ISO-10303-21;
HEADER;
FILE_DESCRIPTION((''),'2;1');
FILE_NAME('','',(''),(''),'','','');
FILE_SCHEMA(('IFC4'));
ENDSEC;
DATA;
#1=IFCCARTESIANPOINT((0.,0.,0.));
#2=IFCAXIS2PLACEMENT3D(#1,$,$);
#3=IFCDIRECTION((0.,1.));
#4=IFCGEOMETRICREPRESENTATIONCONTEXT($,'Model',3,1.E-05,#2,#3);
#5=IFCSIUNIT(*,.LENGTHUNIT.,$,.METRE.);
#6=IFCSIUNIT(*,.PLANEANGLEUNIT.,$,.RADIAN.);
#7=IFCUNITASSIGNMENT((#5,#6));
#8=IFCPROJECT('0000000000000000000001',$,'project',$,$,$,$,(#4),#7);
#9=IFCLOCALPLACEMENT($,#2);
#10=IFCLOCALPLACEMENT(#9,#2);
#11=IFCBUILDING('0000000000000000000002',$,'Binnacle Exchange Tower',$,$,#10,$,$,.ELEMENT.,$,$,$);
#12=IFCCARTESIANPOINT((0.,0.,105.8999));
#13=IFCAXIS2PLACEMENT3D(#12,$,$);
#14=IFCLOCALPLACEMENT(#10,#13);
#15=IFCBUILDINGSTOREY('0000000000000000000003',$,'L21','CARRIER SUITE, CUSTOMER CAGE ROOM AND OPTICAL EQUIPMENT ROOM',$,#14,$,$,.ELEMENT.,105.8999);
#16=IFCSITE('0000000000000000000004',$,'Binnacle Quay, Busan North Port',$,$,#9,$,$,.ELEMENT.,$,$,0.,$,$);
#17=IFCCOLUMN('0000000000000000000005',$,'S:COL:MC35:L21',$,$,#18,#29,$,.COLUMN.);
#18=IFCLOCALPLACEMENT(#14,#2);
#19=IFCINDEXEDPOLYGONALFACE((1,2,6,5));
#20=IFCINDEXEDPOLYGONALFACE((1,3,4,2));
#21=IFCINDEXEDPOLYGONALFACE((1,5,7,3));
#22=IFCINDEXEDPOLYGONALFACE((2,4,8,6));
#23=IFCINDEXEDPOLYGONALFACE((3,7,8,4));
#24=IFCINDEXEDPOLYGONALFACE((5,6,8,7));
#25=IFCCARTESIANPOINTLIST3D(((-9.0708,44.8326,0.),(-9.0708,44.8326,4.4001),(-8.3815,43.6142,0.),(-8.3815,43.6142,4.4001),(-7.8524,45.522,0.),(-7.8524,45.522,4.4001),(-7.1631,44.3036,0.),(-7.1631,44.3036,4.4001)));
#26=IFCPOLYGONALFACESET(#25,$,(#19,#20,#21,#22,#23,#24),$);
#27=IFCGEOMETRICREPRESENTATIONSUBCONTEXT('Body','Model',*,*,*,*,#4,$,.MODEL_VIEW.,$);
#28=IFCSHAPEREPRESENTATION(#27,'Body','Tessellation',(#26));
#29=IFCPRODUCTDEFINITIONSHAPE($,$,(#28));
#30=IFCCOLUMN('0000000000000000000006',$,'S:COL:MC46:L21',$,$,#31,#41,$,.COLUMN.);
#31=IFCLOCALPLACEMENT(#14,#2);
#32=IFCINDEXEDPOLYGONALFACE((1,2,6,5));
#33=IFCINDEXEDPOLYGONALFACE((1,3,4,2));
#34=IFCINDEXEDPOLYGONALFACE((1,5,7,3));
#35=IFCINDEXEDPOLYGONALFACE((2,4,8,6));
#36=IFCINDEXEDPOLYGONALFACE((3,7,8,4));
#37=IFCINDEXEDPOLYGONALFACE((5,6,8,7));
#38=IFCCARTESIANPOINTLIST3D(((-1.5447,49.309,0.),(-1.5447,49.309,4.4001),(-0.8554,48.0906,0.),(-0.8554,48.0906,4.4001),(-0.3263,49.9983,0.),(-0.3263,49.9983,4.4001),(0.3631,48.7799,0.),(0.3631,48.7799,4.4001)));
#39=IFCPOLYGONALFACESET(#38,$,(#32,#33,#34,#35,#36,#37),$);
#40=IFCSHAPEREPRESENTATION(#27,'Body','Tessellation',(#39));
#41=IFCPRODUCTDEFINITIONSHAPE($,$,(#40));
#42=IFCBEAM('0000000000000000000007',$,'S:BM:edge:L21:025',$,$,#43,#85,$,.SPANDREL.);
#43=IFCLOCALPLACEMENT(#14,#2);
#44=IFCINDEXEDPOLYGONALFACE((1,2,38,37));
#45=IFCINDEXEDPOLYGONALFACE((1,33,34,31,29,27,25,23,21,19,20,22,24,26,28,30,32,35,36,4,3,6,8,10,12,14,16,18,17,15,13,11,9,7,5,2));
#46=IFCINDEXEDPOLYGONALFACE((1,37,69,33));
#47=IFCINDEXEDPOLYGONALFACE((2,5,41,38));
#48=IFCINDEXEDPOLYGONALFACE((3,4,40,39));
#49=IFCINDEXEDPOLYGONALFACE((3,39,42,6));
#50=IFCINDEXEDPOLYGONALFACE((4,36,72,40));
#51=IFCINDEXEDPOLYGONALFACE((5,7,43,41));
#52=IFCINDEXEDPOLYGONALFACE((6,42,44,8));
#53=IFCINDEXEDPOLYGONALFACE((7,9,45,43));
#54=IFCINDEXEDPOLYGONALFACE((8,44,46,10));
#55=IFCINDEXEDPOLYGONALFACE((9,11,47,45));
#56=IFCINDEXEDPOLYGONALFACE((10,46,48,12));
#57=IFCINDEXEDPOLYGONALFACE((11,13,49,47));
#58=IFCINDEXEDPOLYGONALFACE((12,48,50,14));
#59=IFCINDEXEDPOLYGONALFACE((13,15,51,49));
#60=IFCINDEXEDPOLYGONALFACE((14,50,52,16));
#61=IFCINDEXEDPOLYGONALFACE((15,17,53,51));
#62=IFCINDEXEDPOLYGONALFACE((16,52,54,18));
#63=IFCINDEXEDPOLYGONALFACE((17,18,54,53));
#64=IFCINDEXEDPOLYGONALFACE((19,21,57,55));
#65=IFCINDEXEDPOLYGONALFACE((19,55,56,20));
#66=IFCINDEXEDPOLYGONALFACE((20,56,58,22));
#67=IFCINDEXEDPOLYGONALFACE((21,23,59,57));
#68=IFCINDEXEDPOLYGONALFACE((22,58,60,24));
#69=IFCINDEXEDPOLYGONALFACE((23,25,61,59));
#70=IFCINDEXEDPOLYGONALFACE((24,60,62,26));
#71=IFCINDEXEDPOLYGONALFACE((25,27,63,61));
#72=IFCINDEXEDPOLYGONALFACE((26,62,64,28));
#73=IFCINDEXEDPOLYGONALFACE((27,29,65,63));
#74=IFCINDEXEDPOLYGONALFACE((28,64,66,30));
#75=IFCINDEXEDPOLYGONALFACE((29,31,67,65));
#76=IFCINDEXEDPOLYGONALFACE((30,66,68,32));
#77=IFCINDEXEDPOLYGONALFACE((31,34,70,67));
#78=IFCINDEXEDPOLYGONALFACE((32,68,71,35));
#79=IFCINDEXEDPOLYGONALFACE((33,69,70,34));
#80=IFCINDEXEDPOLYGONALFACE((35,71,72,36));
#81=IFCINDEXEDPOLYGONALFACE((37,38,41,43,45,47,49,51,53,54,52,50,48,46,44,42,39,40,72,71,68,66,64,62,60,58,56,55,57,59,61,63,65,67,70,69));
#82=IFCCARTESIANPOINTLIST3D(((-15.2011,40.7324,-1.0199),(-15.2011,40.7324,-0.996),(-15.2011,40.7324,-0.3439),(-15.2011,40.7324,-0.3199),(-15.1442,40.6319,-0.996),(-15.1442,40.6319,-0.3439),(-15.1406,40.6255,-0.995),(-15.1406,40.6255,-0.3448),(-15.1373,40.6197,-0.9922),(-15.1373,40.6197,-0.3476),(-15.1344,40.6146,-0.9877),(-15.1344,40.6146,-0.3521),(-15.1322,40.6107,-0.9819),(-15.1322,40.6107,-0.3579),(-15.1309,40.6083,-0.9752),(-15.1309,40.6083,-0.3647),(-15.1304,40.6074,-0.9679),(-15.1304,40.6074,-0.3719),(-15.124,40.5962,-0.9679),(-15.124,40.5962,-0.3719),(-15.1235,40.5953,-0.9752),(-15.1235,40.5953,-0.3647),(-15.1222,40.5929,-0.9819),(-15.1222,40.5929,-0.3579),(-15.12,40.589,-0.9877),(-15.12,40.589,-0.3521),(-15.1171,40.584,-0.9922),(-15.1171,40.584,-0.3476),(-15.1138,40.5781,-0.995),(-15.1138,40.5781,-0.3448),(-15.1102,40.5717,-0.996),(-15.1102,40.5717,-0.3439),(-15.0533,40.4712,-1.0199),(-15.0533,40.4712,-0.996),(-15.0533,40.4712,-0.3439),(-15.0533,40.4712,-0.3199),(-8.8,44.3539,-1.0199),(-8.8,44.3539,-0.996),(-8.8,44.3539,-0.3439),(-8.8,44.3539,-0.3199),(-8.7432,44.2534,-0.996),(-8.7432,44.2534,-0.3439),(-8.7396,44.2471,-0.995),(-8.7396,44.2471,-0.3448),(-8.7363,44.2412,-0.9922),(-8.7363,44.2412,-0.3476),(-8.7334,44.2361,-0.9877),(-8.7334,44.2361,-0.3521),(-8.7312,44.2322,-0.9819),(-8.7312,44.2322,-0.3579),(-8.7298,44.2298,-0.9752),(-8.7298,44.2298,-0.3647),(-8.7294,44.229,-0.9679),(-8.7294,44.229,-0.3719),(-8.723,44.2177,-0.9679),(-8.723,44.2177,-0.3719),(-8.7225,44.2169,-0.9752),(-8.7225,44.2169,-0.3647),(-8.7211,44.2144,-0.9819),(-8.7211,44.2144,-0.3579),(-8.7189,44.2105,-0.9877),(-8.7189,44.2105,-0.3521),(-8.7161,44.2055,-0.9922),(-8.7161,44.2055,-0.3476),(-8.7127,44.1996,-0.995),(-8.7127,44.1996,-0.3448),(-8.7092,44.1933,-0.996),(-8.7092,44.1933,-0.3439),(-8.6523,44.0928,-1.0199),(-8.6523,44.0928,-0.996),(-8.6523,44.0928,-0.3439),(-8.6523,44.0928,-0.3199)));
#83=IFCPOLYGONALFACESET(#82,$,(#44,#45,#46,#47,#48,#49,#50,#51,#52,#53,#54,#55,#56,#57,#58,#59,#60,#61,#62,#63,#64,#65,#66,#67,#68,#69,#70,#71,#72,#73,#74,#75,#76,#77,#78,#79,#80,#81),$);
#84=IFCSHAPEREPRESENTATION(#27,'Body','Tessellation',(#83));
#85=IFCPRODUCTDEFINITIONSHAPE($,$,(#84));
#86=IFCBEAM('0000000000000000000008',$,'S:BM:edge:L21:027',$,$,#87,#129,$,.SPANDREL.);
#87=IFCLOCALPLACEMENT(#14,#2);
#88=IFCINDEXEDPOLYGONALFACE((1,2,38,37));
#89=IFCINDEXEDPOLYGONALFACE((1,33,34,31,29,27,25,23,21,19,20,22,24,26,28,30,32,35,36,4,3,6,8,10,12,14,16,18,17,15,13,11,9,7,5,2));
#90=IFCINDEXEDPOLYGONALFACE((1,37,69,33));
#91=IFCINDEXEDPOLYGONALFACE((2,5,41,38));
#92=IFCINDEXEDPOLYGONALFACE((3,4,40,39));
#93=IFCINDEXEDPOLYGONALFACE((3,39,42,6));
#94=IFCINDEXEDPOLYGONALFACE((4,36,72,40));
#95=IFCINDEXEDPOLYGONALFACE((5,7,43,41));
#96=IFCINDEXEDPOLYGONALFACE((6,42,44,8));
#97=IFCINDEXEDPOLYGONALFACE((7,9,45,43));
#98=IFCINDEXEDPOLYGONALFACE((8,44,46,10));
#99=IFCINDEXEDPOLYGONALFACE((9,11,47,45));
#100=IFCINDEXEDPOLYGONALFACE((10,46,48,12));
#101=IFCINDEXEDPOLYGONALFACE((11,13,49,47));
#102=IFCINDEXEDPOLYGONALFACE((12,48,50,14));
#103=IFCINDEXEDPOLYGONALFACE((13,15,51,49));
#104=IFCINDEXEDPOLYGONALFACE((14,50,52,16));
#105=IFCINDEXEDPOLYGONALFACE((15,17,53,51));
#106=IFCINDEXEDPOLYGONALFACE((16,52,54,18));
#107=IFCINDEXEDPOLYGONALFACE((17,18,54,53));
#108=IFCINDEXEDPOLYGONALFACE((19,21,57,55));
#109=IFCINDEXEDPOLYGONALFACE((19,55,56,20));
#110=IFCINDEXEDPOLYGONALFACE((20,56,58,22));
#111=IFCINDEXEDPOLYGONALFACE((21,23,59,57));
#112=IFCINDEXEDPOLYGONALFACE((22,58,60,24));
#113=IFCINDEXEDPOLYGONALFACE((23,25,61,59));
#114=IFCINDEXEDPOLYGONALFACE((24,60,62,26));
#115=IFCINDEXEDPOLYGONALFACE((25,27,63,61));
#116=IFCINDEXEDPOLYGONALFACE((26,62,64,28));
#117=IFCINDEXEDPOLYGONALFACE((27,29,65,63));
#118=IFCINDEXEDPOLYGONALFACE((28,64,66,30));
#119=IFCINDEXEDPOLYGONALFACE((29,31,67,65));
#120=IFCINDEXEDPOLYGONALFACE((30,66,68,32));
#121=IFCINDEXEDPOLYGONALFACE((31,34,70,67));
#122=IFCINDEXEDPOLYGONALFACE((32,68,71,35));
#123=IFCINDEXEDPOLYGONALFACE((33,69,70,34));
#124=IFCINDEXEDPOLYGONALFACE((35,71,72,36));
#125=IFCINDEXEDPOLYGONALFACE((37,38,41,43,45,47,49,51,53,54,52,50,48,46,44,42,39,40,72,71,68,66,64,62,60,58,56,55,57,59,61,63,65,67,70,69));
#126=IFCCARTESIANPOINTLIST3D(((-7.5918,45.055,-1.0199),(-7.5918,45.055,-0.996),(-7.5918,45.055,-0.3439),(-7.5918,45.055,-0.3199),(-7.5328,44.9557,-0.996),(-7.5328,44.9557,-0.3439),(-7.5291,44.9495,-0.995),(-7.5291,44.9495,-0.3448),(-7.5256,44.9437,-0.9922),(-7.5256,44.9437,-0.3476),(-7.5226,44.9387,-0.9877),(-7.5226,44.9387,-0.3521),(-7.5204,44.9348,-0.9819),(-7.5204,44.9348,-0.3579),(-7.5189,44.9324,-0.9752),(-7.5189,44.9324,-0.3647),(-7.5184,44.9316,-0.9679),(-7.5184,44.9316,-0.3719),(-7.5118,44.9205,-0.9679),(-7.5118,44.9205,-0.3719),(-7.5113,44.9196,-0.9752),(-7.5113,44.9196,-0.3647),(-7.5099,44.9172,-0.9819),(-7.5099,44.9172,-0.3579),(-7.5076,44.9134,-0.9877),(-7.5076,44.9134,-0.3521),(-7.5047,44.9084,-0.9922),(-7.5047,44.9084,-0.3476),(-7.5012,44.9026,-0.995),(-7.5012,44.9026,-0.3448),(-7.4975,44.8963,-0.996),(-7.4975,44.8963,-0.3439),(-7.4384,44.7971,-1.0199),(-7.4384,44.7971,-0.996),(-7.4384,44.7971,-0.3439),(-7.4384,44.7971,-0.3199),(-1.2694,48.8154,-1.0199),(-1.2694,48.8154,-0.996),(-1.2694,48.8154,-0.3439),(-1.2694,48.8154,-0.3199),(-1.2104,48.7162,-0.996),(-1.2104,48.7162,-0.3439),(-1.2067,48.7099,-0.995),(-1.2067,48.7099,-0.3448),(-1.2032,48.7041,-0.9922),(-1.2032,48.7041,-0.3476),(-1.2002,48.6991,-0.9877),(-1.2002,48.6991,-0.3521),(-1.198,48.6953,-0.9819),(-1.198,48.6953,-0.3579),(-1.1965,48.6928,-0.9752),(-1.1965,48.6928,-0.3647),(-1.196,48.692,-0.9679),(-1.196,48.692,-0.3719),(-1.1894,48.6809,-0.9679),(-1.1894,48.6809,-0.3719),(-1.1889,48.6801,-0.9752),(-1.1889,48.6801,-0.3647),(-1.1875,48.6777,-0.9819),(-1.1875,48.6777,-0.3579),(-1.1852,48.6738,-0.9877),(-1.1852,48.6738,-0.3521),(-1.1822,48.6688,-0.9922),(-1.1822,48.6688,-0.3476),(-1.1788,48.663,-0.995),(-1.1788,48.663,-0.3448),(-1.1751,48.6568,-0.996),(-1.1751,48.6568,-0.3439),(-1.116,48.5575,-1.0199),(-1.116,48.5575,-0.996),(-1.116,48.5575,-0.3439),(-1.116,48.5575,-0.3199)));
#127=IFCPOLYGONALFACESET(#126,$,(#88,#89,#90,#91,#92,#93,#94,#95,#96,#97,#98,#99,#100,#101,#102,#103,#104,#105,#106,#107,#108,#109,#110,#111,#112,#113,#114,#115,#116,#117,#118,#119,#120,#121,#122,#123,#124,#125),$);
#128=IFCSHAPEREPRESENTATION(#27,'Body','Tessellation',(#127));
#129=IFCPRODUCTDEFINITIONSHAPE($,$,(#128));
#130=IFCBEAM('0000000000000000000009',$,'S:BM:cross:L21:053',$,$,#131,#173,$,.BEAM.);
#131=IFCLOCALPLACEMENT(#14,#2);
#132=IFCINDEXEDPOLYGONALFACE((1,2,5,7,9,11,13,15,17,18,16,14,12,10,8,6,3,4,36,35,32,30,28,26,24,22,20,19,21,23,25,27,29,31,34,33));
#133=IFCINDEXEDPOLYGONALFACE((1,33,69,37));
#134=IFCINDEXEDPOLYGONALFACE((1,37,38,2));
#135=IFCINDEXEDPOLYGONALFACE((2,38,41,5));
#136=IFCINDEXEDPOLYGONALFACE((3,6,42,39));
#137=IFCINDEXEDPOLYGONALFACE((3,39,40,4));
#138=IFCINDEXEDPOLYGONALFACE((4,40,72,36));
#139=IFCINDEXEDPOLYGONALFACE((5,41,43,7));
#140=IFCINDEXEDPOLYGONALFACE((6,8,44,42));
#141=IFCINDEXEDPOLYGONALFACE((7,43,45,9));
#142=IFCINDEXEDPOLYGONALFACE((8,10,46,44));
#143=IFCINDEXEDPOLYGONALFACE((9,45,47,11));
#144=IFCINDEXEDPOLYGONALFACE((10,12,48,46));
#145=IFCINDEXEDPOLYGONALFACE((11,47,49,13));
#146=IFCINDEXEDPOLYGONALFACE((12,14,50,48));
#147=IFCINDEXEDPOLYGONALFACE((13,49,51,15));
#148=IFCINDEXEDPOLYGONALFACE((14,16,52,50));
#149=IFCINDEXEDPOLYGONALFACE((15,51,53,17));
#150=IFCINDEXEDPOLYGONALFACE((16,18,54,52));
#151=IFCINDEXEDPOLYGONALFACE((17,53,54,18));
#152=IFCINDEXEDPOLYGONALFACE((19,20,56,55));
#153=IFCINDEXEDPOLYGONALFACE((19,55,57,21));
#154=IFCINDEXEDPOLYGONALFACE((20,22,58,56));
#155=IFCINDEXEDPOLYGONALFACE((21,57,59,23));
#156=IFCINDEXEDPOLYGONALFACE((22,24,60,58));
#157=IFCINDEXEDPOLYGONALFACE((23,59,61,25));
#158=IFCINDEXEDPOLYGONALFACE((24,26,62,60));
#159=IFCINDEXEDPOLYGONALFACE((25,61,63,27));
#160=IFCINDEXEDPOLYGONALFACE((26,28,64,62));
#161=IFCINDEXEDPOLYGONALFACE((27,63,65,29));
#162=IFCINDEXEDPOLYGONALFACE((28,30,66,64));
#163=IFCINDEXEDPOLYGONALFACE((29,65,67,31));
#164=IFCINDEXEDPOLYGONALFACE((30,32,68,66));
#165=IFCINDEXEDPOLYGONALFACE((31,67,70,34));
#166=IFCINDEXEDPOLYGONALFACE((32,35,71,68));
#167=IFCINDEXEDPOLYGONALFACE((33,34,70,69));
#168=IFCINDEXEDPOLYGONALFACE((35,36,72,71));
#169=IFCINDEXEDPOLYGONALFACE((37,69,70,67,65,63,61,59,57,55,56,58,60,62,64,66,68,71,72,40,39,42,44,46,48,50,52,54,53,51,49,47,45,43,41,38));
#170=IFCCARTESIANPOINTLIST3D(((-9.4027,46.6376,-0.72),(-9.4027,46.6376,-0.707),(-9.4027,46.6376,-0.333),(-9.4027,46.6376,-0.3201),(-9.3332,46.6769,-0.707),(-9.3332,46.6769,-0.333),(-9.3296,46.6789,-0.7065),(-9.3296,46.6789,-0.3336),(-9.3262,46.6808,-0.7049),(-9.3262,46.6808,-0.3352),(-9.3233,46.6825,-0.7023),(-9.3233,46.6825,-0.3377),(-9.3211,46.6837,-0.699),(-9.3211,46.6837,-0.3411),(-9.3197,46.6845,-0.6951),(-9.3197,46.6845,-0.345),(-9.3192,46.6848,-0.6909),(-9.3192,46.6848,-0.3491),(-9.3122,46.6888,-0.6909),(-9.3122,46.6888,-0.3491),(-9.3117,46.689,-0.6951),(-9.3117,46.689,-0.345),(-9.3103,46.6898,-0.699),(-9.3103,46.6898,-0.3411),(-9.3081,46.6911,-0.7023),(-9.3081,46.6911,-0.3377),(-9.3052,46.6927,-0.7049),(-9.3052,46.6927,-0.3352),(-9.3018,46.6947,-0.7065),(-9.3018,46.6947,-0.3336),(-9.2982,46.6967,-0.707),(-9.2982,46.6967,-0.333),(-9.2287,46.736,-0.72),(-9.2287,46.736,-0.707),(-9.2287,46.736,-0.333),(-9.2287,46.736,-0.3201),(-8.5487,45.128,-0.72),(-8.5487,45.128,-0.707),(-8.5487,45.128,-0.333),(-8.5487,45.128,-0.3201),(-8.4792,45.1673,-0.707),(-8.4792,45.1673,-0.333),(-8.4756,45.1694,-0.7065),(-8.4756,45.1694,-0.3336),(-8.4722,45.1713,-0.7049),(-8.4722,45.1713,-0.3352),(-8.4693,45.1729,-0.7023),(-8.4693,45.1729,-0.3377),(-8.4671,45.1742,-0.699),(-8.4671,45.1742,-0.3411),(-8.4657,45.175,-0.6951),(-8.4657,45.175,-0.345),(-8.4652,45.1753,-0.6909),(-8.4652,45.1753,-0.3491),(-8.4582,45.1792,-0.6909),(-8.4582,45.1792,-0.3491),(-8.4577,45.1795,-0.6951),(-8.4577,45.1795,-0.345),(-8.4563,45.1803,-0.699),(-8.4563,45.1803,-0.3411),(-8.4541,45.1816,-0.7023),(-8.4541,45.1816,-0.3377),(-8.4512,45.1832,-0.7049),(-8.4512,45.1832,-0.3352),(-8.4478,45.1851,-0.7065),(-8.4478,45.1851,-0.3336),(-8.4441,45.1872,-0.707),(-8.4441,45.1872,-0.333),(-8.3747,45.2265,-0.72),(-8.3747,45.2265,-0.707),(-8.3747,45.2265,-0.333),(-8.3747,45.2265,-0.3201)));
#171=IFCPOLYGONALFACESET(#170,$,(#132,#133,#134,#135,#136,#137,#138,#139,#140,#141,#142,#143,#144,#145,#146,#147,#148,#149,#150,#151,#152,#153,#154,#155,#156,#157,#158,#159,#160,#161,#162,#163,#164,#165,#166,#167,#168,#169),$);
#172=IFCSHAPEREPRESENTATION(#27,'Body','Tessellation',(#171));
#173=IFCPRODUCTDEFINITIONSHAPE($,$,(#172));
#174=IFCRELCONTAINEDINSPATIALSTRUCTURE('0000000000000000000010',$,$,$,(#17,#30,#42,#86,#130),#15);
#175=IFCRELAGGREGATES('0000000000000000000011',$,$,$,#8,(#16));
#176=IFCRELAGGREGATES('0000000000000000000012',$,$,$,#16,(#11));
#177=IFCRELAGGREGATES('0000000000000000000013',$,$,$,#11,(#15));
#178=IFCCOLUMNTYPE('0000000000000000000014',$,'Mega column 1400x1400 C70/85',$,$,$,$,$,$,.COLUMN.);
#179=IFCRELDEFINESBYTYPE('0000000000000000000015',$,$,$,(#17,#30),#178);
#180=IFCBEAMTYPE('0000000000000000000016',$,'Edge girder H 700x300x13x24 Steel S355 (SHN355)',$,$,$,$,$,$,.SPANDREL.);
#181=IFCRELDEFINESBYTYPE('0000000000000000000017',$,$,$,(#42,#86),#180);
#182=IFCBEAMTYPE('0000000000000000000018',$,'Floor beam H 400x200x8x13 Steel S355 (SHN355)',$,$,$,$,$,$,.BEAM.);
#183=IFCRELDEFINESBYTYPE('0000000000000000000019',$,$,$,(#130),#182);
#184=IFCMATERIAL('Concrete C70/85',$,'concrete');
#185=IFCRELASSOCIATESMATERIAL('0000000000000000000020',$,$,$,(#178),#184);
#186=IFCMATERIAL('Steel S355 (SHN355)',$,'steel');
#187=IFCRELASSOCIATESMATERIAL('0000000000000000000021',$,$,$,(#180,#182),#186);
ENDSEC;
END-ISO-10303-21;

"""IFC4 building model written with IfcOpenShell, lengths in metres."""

from ifc_helpers import new_model, si_unit, direction, frame, origin, origin_2d, place, context, subcontext, project, spatial, rectangle, i_section, extrude, material, material_profile, profile_set, type_object, element, save


model = new_model("IFC4")

# Units and contexts
model_context = context("Model", 3, precision=1e-05, world=origin(), true_north=direction((0.0, 1.0)))
body_context = subcontext(model_context, "Body", "Model", "MODEL_VIEW")
ifc_project = project(units=[si_unit("LENGTHUNIT", "METRE"), si_unit("PLANEANGLEUNIT", "RADIAN")], contexts=[model_context])

# Site, building, storey
site_placement = place(None, origin())
site = spatial("IfcSite", under=ifc_project, at=site_placement, Name="Binnacle Quay, Busan North Port", CompositionType="ELEMENT", RefElevation=0.0)
building_placement = place(site_placement, origin())
building = spatial("IfcBuilding", under=site, at=building_placement, Name="Binnacle Exchange Tower", CompositionType="ELEMENT")
storey_placement = place(building_placement, frame((0.0, 0.0, 105.8999)))
storey = spatial("IfcBuildingStorey", under=building, at=storey_placement, Name="L21", Description="CARRIER SUITE, CUSTOMER CAGE ROOM AND OPTICAL EQUIPMENT ROOM", CompositionType="ELEMENT", Elevation=105.8999)

# Columns
ifc_material_1 = material(Name="Concrete C70/85", Category="concrete")
ifc_material_profile_1 = material_profile(ifc_material_1, rectangle(XDim=1.3999, YDim=1.3999, at=origin_2d()), Name="Mega column 1400x1400 C70/85")
ifc_profile_set_1 = profile_set([ifc_material_profile_1], Name="Concrete C70/85")
column_type = type_object("IfcColumnType", Name="Mega column 1400x1400 C70/85", PredefinedType="COLUMN", material=ifc_profile_set_1)
for number, where, z_axis, x_axis, name in (
    (1, (-8.1169, 44.5681, 0.0), (0.0, 0.0, 1.0), (0.870356, 0.492424, 0.0), "S:COL:MC35:L21"),
    (2, (-0.5908, 49.0444, 0.0), (0.0, 0.0, 1.0), (0.870356, 0.492424, 0.0), "S:COL:MC46:L21"),
):
    element("IfcColumn", number, at=place(storey_placement, frame(where, z_axis=z_axis, x_axis=x_axis)), inside=storey, type_object=column_type, Name=name, PredefinedType="COLUMN", context=body_context, shape_type="SweptSolid", body=[
        extrude(rectangle(XDim=1.3999, YDim=1.3999, at=origin_2d()), origin(), (0.0, 0.0, 1.0), 4.4001),
    ])

# Beams
ifc_material_2 = material(Name="Steel S355 (SHN355)", Category="steel")
ifc_material_profile_2 = material_profile(ifc_material_2, i_section(OverallWidth=0.3, OverallDepth=0.7, WebThickness=0.0129, FlangeThickness=0.0239, FilletRadius=0.0281, at=origin_2d()), Name="H 700x300x13x24")
ifc_profile_set_2 = profile_set([ifc_material_profile_2], Name="Steel S355 (SHN355)")
beam_type_1 = type_object("IfcBeamType", Name="Edge girder H 700x300x13x24 Steel S355 (SHN355)", PredefinedType="SPANDREL", material=ifc_profile_set_2)
beam_1_placement = place(storey_placement, frame((-15.1272, 40.6018, -0.6699), z_axis=(0.870356, 0.492424, 0.0), x_axis=(-0.492424, 0.870356, 0.0)))
element("IfcBeam", 3, at=beam_1_placement, inside=storey, type_object=beam_type_1, Name="S:BM:edge:L21:025", PredefinedType="SPANDREL", context=body_context, shape_type="SweptSolid", body=[
    extrude(i_section(OverallWidth=0.3, OverallDepth=0.7, WebThickness=0.0129, FlangeThickness=0.0239, FilletRadius=0.0281, at=origin_2d()), origin(), (0.0, 0.0, 1.0), 7.3545),
])
beam_2_placement = place(storey_placement, frame((-7.5151, 44.926, -0.6699), z_axis=(0.859466, 0.511193, 0.0), x_axis=(-0.511193, 0.859466, 0.0)))
element("IfcBeam", 4, at=beam_2_placement, inside=storey, type_object=beam_type_1, Name="S:BM:edge:L21:027", PredefinedType="SPANDREL", context=body_context, shape_type="SweptSolid", body=[
    extrude(i_section(OverallWidth=0.3, OverallDepth=0.7, WebThickness=0.0129, FlangeThickness=0.0239, FilletRadius=0.0281, at=origin_2d()), origin(), (0.0, 0.0, 1.0), 7.3562),
])
ifc_material_profile_3 = material_profile(ifc_material_2, i_section(OverallWidth=0.2, OverallDepth=0.3999, WebThickness=0.0081, FlangeThickness=0.0129, FilletRadius=0.0161, at=origin_2d()), Name="H 400x200x8x13")
ifc_profile_set_3 = profile_set([ifc_material_profile_3], Name="Steel S355 (SHN355)")
beam_type_2 = type_object("IfcBeamType", Name="Floor beam H 400x200x8x13 Steel S355 (SHN355)", PredefinedType="BEAM", material=ifc_profile_set_3)
beam_3_placement = place(storey_placement, frame((-8.4617, 45.1772, -0.52), z_axis=(-0.492405, 0.870366, 0.0), x_axis=(-0.870366, -0.492405, 0.0)))
element("IfcBeam", 5, at=beam_3_placement, inside=storey, type_object=beam_type_2, Name="S:BM:cross:L21:053", PredefinedType="BEAM", context=body_context, shape_type="SweptSolid", body=[
    extrude(i_section(OverallWidth=0.2, OverallDepth=0.3999, WebThickness=0.0081, FlangeThickness=0.0129, FilletRadius=0.0161, at=origin_2d()), origin(), (0.0, 0.0, 1.0), 1.7344),
])

save(model, "model.ifc")
